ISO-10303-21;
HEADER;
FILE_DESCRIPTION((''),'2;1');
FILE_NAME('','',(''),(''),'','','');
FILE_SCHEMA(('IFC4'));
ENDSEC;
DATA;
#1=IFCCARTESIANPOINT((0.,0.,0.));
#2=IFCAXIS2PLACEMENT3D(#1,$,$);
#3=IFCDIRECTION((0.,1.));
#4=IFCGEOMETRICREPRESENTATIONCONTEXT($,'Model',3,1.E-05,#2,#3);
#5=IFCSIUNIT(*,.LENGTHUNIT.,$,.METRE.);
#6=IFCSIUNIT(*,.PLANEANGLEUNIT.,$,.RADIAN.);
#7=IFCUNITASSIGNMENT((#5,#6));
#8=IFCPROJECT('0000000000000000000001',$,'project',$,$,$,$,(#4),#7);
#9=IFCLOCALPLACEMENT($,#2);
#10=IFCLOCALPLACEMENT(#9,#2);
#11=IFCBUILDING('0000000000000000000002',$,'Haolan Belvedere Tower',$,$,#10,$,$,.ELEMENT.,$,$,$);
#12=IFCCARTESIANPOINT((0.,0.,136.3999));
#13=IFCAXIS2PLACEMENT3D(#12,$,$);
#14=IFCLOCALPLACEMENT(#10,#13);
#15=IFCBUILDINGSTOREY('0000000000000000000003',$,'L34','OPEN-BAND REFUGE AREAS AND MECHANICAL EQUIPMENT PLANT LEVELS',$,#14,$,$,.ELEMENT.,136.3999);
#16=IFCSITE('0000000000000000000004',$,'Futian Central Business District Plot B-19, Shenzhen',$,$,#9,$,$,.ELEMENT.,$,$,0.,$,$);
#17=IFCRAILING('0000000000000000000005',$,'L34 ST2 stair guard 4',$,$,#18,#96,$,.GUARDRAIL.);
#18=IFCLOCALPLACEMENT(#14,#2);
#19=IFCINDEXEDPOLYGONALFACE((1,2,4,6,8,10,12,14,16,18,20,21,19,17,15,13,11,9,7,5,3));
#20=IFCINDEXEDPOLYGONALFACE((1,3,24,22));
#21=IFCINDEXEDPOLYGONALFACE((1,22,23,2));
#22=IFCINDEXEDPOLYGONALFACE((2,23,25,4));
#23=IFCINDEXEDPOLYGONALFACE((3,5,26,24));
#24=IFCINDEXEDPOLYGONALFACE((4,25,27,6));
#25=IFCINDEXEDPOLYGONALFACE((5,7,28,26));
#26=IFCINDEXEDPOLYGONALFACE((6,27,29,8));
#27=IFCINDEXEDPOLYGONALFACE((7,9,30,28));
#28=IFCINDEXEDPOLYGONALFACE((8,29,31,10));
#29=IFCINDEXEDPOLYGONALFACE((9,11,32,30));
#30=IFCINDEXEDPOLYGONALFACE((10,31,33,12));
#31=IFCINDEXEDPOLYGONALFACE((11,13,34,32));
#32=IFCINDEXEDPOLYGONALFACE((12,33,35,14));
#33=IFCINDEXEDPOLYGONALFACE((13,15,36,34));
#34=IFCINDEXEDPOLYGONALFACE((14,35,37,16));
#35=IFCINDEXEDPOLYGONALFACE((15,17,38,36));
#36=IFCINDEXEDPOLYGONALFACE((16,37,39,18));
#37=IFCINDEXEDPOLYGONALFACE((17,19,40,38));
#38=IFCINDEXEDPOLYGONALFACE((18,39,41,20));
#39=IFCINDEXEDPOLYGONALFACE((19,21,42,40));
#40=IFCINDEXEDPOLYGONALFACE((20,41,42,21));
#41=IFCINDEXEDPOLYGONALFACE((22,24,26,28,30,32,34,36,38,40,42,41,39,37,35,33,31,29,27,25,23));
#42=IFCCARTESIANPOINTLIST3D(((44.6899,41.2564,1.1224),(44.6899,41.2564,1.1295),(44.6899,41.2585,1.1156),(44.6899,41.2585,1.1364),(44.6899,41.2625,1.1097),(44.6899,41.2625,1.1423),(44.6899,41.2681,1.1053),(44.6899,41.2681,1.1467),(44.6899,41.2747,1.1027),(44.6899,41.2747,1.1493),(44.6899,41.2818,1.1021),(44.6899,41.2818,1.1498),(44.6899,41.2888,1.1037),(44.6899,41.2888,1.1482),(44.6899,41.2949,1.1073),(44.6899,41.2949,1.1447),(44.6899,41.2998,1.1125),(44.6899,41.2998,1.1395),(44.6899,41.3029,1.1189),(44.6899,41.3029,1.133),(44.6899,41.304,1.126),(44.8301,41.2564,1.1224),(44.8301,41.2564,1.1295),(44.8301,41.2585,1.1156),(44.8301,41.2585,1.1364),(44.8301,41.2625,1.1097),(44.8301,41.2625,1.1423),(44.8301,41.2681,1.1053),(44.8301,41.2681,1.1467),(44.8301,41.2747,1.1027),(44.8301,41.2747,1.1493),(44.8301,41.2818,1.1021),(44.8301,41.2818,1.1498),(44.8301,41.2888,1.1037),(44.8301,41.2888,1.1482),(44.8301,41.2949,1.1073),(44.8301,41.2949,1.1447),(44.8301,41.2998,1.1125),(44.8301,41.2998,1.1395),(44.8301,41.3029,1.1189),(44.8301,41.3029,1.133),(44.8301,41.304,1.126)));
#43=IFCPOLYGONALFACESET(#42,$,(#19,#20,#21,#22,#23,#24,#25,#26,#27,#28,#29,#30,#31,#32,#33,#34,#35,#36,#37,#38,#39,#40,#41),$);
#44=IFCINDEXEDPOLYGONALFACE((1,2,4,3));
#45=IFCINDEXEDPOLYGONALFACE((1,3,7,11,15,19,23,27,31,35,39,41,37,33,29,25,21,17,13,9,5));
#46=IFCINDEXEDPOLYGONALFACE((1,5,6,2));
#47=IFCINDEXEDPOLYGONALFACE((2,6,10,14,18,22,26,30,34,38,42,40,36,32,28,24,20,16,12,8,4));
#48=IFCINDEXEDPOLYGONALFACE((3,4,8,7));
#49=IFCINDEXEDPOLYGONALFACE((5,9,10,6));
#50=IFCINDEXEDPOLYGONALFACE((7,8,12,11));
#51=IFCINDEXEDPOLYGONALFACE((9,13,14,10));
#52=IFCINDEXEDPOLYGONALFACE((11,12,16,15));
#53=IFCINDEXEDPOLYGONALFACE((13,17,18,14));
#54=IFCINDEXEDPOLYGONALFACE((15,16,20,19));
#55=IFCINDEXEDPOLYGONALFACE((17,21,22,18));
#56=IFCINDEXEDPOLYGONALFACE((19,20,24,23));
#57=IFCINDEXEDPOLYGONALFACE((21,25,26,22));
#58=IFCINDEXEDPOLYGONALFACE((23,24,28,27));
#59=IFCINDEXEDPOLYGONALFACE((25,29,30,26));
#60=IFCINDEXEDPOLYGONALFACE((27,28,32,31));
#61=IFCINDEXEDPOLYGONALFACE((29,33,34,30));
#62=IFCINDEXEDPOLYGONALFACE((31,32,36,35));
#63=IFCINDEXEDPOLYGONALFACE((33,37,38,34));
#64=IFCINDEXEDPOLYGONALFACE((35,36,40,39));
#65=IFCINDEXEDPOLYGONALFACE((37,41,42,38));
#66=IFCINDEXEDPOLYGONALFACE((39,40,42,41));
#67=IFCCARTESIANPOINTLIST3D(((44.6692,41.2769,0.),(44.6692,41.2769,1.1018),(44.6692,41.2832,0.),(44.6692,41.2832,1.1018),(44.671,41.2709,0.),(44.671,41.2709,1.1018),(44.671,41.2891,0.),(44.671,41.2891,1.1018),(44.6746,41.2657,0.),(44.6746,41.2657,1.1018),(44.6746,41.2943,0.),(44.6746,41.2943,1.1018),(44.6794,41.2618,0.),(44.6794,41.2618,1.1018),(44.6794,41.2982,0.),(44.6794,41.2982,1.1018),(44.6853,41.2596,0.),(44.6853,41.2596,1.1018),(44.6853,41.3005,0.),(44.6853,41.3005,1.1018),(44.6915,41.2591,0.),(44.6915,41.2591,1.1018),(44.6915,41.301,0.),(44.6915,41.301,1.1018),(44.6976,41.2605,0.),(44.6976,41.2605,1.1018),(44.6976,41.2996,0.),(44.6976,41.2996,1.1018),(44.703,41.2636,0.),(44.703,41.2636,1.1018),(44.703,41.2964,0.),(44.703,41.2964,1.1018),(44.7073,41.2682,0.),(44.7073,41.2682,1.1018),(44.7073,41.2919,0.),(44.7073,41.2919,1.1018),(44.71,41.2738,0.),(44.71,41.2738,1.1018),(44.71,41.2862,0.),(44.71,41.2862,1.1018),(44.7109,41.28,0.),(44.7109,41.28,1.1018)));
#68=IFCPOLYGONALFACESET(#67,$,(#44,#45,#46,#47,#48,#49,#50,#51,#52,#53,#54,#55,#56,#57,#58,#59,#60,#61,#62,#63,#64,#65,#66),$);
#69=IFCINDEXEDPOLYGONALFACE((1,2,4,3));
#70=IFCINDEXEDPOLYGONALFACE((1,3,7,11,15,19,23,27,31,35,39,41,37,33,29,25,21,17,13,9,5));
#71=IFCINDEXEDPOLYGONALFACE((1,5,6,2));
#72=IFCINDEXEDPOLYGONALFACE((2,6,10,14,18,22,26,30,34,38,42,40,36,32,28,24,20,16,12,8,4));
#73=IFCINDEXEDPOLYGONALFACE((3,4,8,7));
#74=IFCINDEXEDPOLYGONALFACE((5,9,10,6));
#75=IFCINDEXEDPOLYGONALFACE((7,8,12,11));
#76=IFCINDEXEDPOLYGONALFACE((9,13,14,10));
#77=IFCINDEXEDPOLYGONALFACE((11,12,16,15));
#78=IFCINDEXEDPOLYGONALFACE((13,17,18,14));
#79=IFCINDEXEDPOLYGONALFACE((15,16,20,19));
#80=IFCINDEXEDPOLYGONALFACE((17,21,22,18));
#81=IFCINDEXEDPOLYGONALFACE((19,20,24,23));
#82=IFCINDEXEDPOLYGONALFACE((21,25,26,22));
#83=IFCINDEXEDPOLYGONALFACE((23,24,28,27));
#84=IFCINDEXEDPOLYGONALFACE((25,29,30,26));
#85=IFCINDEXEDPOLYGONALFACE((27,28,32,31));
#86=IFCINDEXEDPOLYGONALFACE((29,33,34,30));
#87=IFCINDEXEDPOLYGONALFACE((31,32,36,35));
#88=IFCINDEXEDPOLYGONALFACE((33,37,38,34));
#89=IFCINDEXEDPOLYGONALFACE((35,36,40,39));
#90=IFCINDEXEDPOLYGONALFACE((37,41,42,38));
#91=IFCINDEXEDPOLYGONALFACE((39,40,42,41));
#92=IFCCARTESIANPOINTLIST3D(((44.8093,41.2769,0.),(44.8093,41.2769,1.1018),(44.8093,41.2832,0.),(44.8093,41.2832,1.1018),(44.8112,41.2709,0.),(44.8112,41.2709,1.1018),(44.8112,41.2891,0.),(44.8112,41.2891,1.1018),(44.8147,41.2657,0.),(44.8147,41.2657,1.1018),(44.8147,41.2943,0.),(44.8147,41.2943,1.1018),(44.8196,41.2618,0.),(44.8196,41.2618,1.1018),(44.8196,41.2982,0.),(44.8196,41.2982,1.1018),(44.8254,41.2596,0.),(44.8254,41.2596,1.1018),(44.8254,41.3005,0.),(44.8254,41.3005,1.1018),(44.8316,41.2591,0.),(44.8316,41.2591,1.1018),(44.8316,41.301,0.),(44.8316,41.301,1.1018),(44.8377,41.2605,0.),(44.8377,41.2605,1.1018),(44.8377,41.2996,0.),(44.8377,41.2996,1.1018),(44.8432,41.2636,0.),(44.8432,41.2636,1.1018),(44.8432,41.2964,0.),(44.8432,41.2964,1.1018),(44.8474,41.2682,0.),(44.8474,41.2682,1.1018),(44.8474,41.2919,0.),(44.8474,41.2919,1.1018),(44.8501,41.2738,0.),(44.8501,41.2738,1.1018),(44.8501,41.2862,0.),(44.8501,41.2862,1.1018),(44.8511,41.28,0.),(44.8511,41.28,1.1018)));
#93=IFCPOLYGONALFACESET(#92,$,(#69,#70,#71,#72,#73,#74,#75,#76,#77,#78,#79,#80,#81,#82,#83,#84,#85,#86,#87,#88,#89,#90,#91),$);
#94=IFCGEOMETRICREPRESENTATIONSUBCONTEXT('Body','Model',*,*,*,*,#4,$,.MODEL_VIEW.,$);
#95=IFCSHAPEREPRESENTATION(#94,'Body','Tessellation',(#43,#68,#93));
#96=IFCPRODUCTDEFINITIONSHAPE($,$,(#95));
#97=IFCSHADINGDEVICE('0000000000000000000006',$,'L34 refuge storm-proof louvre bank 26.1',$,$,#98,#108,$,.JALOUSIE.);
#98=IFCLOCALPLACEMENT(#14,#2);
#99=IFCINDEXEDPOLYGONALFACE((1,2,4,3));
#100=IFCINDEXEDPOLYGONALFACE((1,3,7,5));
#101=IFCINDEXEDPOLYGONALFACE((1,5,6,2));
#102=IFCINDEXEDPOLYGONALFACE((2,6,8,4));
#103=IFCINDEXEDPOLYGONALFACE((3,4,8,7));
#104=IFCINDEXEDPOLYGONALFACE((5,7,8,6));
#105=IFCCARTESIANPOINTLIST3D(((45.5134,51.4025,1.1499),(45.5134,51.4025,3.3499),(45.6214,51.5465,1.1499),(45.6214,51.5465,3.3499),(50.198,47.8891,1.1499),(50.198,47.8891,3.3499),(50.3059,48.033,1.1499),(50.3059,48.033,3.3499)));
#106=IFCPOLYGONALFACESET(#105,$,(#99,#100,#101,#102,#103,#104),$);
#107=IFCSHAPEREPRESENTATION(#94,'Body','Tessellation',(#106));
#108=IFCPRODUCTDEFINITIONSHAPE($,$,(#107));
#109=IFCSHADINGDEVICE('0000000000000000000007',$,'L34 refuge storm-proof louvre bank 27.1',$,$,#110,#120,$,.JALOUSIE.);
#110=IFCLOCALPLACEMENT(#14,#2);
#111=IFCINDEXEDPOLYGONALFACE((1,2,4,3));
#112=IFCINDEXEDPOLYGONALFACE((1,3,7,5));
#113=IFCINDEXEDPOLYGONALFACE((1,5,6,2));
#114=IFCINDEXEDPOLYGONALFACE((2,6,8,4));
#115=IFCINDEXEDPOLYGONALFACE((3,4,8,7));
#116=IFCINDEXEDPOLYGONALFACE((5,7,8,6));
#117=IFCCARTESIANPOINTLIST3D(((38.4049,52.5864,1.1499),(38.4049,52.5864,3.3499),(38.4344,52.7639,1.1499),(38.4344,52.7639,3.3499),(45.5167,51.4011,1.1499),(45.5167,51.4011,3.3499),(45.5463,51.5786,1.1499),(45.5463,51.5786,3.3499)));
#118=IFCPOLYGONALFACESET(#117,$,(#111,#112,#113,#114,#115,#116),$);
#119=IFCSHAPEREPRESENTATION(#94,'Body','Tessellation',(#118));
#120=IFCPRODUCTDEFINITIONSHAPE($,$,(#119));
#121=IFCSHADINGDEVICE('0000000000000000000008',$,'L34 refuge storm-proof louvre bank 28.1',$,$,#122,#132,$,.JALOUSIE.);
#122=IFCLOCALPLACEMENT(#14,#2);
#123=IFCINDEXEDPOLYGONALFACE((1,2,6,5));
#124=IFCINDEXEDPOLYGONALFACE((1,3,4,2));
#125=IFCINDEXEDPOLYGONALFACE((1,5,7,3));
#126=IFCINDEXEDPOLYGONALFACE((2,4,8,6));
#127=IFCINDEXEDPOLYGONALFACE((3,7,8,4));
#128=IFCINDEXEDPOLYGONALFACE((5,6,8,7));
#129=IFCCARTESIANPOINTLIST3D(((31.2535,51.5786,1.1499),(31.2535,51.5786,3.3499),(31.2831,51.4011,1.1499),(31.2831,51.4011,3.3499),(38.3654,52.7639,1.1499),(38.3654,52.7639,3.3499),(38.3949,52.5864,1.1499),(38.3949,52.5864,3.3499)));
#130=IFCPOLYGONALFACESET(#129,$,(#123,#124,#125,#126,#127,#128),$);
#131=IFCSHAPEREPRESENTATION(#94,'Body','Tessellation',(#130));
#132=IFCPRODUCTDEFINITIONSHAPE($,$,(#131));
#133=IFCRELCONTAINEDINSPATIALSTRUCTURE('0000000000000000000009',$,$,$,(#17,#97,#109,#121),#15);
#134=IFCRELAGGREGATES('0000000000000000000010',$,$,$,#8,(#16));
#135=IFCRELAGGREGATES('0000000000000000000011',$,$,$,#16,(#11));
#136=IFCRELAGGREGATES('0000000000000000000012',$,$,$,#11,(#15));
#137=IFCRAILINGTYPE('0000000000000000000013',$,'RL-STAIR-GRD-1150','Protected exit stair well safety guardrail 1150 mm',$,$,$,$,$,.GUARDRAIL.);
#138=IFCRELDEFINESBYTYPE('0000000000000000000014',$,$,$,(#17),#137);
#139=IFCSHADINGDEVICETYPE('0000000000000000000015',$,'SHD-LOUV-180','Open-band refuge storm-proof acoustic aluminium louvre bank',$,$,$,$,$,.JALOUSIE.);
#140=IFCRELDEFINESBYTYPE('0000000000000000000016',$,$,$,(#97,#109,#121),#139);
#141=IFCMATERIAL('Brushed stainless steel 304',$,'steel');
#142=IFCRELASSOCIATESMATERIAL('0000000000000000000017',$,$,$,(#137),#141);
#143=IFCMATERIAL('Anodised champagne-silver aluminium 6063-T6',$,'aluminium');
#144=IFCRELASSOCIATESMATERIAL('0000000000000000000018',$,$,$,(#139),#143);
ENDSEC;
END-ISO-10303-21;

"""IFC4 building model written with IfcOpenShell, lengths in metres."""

from ifc_helpers import new_model, si_unit, direction, frame, origin, origin_2d, place, context, subcontext, project, spatial, rectangle, circle, extrude, material, type_object, element, save


model = new_model("IFC4")

# Units and contexts
model_context = context("Model", 3, precision=1e-05, world=origin(), true_north=direction((0.0, 1.0)))
body_context = subcontext(model_context, "Body", "Model", "MODEL_VIEW")
ifc_project = project(units=[si_unit("LENGTHUNIT", "METRE"), si_unit("PLANEANGLEUNIT", "RADIAN")], contexts=[model_context])

# Site, building, storey
site_placement = place(None, origin())
site = spatial("IfcSite", under=ifc_project, at=site_placement, Name="Futian Central Business District Plot B-19, Shenzhen", CompositionType="ELEMENT", RefElevation=0.0)
building_placement = place(site_placement, origin())
building = spatial("IfcBuilding", under=site, at=building_placement, Name="Haolan Belvedere Tower", CompositionType="ELEMENT")
storey_placement = place(building_placement, frame((0.0, 0.0, 136.3999)))
storey = spatial("IfcBuildingStorey", under=building, at=storey_placement, Name="L34", Description="OPEN-BAND REFUGE AREAS AND MECHANICAL EQUIPMENT PLANT LEVELS", CompositionType="ELEMENT", Elevation=136.3999)

# Railing
ifc_material_1 = material(Name="Brushed stainless steel 304", Category="steel")
railing_type = type_object("IfcRailingType", Name="RL-STAIR-GRD-1150", Description="Protected exit stair well safety guardrail 1150 mm", PredefinedType="GUARDRAIL", material=ifc_material_1)
railing_1_placement = place(storey_placement, frame((44.6899, 41.28, 0.0)))
element("IfcRailing", 1, at=railing_1_placement, inside=storey, type_object=railing_type, Name="L34 ST2 stair guard 4", PredefinedType="GUARDRAIL", context=body_context, shape_type="SweptSolid", body=[
    extrude(circle(Radius=0.0239, at=origin_2d()), frame((0.0, 0.0, 1.126), z_axis=(1.0, 0.0, 0.0), x_axis=(0.0, 1.0, 0.0)), (0.0, 0.0, 1.0), 0.1401),
    extrude(circle(Radius=0.021, at=origin_2d()), origin(), (0.0, 0.0, 1.0), 1.1018),
    extrude(circle(Radius=0.021, at=origin_2d()), frame((0.1401, 0.0, 0.0)), (0.0, 0.0, 1.0), 1.1018),
])

# Shading devices
ifc_material_2 = material(Name="Anodised champagne-silver aluminium 6063-T6", Category="aluminium")
shading_device_type = type_object("IfcShadingDeviceType", Name="SHD-LOUV-180", Description="Open-band refuge storm-proof acoustic aluminium louvre bank", PredefinedType="JALOUSIE", material=ifc_material_2)
shading_device_placement = place(storey_placement, frame((47.9097, 49.7178, 1.1499), z_axis=(0.0, 0.0, 1.0), x_axis=(-0.799999, 0.600001, 0.0)))
element("IfcShadingDevice", 2, at=shading_device_placement, inside=storey, type_object=shading_device_type, Name="L34 refuge storm-proof louvre bank 26.1", PredefinedType="JALOUSIE", context=body_context, shape_type="SweptSolid", body=[
    extrude(rectangle(XDim=5.8557, YDim=0.1799, at=origin_2d()), origin(), (0.0, 0.0, 1.0), 2.2),
])
for number, where, z_axis, x_axis, name in (
    (3, (41.9756, 52.0825, 1.1499), (0.0, 0.0, 1.0), (-0.986395, 0.164393, 0.0), "L34 refuge storm-proof louvre bank 27.1"),
    (4, (34.8242, 52.0825, 1.1499), (0.0, 0.0, 1.0), (-0.986395, -0.164393, 0.0), "L34 refuge storm-proof louvre bank 28.1"),
):
    element("IfcShadingDevice", number, at=place(storey_placement, frame(where, z_axis=z_axis, x_axis=x_axis)), inside=storey, type_object=shading_device_type, Name=name, PredefinedType="JALOUSIE", context=body_context, shape_type="SweptSolid", body=[
        extrude(rectangle(XDim=7.21, YDim=0.1799, at=origin_2d()), origin(), (0.0, 0.0, 1.0), 2.2),
    ])

save(model, "model.ifc")
